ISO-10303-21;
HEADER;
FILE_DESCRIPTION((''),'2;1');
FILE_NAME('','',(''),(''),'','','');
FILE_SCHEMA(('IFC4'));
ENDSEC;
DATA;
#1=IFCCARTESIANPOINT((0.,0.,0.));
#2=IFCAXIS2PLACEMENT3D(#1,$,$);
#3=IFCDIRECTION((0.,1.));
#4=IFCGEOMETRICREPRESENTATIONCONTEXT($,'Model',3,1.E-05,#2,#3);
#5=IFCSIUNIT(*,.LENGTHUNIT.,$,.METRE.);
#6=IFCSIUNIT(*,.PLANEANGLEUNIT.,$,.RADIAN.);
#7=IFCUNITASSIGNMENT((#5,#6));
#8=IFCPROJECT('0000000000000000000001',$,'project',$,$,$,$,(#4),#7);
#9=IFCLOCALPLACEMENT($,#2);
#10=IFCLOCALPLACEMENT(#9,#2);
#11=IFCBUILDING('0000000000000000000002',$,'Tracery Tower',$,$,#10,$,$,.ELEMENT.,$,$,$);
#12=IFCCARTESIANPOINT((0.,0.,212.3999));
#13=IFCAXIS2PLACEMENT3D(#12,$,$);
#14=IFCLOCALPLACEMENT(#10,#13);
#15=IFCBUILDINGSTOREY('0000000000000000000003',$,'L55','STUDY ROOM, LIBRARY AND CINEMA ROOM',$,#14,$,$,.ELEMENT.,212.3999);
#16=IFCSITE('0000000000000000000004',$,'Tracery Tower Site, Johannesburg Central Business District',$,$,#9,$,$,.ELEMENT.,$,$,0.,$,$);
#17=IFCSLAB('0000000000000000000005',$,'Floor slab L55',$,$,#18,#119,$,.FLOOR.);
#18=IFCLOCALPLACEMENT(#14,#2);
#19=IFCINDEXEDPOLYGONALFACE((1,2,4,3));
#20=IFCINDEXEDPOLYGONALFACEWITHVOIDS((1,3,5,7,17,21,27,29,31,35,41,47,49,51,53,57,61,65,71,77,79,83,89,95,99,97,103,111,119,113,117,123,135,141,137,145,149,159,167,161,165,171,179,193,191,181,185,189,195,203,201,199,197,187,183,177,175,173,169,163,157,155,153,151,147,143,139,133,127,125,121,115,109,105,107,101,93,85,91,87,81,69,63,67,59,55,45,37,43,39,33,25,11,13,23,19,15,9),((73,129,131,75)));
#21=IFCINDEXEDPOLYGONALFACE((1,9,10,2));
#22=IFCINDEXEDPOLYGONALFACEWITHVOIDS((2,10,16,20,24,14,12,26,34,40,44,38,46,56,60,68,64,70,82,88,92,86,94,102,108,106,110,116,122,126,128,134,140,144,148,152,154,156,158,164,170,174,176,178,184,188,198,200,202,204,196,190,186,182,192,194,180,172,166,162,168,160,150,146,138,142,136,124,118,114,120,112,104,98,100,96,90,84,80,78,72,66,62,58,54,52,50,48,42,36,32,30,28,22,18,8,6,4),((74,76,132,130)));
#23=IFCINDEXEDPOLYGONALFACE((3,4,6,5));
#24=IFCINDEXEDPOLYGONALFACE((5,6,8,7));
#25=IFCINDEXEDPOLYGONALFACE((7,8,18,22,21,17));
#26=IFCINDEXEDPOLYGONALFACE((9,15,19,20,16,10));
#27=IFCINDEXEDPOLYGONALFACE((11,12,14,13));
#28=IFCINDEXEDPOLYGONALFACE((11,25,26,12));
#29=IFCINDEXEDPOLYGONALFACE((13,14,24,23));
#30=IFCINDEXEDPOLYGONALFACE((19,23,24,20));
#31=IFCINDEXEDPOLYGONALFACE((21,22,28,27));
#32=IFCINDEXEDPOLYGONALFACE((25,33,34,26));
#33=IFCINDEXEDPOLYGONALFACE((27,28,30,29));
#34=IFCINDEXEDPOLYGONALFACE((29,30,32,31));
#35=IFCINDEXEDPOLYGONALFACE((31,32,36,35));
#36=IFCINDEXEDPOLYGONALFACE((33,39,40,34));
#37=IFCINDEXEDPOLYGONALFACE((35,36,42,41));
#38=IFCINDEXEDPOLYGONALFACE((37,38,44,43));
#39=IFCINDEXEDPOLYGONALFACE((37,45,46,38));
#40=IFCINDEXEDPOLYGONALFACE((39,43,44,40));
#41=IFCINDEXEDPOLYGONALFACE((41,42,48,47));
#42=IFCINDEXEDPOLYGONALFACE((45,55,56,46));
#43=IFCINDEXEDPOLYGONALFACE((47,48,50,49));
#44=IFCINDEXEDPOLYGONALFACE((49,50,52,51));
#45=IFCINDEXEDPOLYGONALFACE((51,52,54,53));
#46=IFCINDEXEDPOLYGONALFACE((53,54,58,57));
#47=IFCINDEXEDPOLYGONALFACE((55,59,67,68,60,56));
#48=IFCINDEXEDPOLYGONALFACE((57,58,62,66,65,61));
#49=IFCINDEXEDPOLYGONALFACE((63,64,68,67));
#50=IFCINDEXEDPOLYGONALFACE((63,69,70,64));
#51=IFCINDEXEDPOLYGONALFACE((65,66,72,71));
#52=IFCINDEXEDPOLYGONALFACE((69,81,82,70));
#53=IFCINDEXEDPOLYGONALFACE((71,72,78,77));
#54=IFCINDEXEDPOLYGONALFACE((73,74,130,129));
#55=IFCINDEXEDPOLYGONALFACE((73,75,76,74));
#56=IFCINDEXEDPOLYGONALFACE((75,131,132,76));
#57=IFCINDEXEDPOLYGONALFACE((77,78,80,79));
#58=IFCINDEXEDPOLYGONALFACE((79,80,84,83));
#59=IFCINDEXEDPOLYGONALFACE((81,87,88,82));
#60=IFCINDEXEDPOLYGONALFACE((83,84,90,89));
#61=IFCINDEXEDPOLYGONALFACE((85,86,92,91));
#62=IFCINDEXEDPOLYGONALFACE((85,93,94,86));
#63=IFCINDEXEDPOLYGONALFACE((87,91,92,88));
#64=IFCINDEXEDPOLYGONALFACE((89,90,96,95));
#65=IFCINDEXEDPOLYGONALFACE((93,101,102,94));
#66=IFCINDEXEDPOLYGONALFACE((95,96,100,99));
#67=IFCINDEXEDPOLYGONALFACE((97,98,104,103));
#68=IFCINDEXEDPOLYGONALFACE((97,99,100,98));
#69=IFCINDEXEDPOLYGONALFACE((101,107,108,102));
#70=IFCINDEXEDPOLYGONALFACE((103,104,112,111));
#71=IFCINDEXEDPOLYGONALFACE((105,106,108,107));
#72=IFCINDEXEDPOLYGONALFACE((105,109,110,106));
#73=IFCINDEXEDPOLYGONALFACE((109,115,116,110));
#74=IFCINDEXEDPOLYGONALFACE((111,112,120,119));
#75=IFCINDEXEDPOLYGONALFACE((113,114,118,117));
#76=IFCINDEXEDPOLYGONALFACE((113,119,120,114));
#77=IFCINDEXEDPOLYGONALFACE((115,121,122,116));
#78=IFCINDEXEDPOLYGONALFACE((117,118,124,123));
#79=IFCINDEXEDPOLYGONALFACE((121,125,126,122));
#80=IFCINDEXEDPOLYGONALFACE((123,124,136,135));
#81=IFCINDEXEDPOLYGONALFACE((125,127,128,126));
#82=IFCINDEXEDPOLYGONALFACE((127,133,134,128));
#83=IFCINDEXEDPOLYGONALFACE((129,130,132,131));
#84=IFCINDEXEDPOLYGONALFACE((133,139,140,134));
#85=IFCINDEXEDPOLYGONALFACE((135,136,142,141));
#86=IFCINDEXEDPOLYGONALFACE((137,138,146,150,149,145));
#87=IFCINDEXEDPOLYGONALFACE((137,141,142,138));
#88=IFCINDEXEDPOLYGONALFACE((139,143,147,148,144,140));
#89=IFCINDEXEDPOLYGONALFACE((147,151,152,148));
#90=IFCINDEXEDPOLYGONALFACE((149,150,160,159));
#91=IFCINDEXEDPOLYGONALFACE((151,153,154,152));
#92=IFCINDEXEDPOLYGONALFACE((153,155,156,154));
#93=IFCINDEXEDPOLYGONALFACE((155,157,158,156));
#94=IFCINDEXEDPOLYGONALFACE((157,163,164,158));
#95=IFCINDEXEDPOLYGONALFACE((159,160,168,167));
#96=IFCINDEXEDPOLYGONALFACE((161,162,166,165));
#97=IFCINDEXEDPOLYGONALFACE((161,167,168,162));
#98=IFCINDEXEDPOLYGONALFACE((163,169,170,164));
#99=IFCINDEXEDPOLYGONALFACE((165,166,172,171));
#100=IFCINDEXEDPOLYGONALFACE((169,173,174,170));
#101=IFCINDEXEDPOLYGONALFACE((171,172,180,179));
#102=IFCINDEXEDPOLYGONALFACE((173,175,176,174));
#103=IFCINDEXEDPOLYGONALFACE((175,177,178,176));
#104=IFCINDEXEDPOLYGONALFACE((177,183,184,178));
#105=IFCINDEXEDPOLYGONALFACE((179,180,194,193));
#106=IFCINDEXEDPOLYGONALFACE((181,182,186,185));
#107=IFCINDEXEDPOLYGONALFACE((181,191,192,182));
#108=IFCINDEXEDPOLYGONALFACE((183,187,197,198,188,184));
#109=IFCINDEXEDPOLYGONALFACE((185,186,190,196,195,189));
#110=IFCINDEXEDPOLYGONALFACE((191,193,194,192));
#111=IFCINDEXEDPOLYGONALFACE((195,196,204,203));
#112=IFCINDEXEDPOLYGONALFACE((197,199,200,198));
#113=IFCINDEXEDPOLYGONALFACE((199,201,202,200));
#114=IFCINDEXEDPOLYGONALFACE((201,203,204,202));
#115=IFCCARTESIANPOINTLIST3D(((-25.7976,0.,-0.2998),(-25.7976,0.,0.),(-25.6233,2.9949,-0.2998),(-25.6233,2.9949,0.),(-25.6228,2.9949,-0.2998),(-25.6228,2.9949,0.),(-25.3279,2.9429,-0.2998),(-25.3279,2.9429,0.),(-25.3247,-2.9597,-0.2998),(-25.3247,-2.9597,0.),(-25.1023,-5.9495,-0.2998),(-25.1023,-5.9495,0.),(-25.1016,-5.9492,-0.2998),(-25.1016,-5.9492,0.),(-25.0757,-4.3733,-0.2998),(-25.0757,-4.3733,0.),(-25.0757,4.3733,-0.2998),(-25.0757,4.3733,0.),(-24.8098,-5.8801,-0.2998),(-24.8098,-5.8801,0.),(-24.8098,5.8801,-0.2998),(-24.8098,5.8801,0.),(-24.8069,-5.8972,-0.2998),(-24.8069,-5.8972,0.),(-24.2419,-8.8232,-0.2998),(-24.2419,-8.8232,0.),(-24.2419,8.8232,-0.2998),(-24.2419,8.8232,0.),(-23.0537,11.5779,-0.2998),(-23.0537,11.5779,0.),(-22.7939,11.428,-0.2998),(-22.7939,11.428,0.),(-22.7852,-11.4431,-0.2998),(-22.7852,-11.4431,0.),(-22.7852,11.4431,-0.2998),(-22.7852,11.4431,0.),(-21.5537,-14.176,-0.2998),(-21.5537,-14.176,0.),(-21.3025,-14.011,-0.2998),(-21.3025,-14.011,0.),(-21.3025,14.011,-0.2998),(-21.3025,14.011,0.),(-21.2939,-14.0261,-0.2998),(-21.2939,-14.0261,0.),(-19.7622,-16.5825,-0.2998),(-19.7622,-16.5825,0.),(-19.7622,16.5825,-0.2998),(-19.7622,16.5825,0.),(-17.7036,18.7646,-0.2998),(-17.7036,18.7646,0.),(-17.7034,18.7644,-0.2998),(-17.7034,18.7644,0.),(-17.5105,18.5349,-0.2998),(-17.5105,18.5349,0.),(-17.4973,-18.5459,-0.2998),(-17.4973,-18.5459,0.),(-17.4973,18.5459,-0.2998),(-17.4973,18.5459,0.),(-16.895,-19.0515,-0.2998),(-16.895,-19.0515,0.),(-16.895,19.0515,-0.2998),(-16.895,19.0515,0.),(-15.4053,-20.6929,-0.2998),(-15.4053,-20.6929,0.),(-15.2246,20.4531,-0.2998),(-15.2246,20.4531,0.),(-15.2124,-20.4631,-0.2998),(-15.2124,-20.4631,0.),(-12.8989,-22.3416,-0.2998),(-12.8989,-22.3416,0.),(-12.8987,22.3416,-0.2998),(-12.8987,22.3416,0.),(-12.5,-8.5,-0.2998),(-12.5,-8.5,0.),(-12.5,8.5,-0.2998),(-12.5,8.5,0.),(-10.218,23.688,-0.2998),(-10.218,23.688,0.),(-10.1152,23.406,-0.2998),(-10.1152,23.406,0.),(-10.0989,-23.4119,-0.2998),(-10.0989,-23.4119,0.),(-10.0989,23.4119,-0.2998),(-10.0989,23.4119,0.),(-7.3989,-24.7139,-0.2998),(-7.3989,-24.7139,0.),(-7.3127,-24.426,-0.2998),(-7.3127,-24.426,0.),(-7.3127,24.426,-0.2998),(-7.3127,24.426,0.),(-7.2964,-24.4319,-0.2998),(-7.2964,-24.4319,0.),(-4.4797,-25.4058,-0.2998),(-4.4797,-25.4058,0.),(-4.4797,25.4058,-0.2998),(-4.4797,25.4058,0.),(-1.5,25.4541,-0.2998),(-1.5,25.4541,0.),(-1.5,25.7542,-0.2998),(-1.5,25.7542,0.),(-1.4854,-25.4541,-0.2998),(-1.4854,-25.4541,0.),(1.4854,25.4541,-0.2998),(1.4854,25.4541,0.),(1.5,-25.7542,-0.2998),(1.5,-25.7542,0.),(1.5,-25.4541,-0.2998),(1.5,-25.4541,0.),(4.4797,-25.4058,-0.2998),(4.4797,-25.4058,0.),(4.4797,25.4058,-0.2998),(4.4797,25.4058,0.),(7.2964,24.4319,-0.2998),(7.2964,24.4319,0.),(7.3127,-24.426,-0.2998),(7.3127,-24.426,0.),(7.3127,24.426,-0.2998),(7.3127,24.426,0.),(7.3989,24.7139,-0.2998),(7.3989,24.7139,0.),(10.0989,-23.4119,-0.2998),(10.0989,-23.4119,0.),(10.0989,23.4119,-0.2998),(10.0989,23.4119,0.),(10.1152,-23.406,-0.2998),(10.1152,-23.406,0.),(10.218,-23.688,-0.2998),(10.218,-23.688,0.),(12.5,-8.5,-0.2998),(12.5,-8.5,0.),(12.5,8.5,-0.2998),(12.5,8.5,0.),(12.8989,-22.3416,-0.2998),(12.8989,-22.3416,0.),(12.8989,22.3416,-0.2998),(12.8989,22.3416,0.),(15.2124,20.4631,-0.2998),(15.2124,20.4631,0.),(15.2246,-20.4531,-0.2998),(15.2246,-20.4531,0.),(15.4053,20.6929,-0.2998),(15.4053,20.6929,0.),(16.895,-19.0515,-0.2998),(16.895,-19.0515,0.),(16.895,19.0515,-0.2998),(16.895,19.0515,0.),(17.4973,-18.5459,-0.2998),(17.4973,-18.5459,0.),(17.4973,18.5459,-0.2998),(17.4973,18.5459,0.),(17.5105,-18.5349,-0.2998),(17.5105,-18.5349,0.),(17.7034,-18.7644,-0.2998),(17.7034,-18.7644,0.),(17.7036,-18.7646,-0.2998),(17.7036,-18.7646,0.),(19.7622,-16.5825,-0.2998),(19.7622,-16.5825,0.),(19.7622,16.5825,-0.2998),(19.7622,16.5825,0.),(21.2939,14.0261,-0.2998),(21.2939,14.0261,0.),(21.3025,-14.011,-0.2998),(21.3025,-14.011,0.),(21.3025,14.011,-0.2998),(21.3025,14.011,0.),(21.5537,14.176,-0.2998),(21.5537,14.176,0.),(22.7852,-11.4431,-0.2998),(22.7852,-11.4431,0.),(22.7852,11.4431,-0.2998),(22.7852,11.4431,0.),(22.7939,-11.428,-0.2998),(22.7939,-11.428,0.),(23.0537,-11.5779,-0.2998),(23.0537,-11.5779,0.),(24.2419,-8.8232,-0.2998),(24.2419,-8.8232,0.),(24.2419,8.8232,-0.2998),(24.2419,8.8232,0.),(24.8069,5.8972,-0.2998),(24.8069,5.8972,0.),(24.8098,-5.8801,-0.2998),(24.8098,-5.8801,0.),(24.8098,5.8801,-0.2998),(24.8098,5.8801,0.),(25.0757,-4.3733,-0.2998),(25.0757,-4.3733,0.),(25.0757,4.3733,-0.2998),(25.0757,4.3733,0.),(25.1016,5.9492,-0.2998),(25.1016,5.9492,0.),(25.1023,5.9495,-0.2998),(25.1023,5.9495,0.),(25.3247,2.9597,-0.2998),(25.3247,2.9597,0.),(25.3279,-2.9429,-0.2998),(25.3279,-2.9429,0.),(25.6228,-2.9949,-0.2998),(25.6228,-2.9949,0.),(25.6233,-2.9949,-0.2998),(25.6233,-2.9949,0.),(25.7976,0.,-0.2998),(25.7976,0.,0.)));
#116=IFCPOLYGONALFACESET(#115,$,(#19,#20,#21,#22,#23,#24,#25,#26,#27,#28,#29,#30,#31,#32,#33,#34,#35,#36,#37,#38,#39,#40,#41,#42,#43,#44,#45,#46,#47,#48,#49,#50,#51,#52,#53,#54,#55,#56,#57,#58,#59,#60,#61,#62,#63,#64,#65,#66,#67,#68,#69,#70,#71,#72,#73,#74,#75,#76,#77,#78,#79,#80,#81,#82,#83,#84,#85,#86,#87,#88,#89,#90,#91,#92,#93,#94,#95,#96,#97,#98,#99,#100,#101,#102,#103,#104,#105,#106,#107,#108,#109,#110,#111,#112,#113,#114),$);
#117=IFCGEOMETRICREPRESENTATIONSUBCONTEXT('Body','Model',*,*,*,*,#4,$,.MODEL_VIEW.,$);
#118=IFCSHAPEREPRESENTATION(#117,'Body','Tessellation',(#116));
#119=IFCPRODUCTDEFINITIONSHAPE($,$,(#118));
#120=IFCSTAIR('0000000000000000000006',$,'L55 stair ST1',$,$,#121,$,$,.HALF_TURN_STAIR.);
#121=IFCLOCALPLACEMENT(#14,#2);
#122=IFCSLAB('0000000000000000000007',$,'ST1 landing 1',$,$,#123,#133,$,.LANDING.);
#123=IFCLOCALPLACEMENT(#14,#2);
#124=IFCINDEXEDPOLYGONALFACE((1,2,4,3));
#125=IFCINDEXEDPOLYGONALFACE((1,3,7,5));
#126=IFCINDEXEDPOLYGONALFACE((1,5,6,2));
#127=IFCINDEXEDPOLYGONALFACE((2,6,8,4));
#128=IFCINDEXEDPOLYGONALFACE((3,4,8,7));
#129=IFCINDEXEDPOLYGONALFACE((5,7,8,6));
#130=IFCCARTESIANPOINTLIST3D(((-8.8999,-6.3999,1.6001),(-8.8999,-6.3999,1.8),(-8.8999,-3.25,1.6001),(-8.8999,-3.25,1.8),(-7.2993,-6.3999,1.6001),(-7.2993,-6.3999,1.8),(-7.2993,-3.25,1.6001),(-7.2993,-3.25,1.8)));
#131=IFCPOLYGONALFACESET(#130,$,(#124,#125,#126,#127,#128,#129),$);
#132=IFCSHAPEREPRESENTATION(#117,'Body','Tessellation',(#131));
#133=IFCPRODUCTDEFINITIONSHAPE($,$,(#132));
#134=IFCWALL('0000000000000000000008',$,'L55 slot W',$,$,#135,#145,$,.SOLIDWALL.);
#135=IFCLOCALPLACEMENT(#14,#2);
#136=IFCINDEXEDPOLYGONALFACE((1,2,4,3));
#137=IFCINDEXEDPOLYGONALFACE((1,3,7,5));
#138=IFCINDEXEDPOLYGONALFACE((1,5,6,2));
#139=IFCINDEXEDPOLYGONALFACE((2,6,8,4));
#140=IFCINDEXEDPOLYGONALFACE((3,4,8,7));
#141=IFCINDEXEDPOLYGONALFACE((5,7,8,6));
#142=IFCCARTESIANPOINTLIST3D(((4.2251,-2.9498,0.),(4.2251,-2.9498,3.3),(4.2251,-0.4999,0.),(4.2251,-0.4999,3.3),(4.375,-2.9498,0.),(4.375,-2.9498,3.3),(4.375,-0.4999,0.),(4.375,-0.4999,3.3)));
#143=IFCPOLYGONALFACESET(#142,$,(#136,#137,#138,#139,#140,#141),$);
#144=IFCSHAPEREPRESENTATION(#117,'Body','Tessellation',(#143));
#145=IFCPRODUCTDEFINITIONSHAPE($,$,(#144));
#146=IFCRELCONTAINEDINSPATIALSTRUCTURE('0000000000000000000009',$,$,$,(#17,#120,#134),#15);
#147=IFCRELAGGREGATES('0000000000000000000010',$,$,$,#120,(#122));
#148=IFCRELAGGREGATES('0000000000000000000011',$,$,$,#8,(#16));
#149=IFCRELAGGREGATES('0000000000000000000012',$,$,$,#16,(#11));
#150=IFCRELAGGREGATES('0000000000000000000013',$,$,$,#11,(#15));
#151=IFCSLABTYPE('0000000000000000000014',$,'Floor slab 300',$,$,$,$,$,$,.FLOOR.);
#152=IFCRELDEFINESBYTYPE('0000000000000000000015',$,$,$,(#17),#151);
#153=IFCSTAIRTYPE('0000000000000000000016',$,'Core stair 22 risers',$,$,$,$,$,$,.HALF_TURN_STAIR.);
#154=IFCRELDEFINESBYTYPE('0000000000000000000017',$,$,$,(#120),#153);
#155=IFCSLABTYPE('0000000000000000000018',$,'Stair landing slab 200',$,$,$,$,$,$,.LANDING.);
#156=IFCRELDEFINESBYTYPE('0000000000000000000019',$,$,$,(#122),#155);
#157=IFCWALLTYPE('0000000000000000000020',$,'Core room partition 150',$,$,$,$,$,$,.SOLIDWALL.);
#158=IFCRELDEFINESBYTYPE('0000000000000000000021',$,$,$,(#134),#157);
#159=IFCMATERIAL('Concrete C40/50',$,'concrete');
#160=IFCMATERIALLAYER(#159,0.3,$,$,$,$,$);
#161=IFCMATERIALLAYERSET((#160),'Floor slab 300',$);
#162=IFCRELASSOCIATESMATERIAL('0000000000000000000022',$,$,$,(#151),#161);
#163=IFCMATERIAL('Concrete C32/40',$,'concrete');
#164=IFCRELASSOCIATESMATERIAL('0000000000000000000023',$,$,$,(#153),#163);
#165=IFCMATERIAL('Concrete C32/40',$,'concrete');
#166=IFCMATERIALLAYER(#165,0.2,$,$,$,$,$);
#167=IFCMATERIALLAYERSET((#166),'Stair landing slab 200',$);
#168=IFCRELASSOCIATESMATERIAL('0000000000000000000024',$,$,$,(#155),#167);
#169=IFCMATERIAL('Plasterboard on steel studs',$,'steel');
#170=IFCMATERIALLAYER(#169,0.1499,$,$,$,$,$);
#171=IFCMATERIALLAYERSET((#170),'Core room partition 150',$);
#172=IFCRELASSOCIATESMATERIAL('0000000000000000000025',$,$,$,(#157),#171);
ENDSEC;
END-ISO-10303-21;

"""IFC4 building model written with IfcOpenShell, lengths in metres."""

from ifc_helpers import new_model, si_unit, direction, frame, frame_2d, origin, place, context, subcontext, project, spatial, polyline, rectangle, outline, extrude, material, layer, layer_set, type_object, element, aggregate, save


model = new_model("IFC4")

# Units and contexts
model_context = context("Model", 3, precision=1e-05, world=origin(), true_north=direction((0.0, 1.0)))
body_context = subcontext(model_context, "Body", "Model", "MODEL_VIEW")
ifc_project = project(units=[si_unit("LENGTHUNIT", "METRE"), si_unit("PLANEANGLEUNIT", "RADIAN")], contexts=[model_context])

# Site, building, storey
site_placement = place(None, origin())
site = spatial("IfcSite", under=ifc_project, at=site_placement, Name="Tracery Tower Site, Johannesburg Central Business District", CompositionType="ELEMENT", RefElevation=0.0)
building_placement = place(site_placement, origin())
building = spatial("IfcBuilding", under=site, at=building_placement, Name="Tracery Tower", CompositionType="ELEMENT")
storey_placement = place(building_placement, frame((0.0, 0.0, 212.3999)))
storey = spatial("IfcBuildingStorey", under=building, at=storey_placement, Name="L55", Description="STUDY ROOM, LIBRARY AND CINEMA ROOM", CompositionType="ELEMENT", Elevation=212.3999)

# Slab
ifc_material_1 = material(Name="Concrete C40/50", Category="concrete")
ifc_layer_1 = layer(ifc_material_1, 0.3)
ifc_layer_set_1 = layer_set([ifc_layer_1], Name="Floor slab 300")
slab_type_1 = type_object("IfcSlabType", Name="Floor slab 300", PredefinedType="FLOOR", material=ifc_layer_set_1)
slab_1_placement = place(storey_placement, frame((0.0, 0.0, -0.2998)))
element("IfcSlab", 1, at=slab_1_placement, inside=storey, type_object=slab_type_1, Name="Floor slab L55", PredefinedType="FLOOR", context=body_context, shape_type="SweptSolid", body=[
    extrude(outline(polyline([(25.3247, 2.9597), (25.0757, 4.3733), (24.8098, 5.8801), (24.8098, 5.8801), (24.8069, 5.8972), (25.1016, 5.9492), (25.1023, 5.9495), (24.2419, 8.8232), (22.7852, 11.4431), (21.3025, 14.011), (21.3025, 14.011), (21.2939, 14.0261), (21.5537, 14.176), (21.5537, 14.176), (19.7622, 16.5825), (17.4973, 18.5459), (16.895, 19.0515), (15.2124, 20.4631), (15.4053, 20.6929), (12.8989, 22.3416), (10.0989, 23.4119), (7.3127, 24.426), (7.3127, 24.426), (7.2964, 24.4319), (7.3989, 24.7139), (4.4797, 25.4058), (1.4854, 25.4541), (-1.5, 25.4541), (-1.5, 25.7542), (-4.4797, 25.4058), (-7.3127, 24.426), (-10.0989, 23.4119), (-10.0989, 23.4119), (-10.1152, 23.406), (-10.218, 23.688), (-12.8987, 22.3416), (-15.2246, 20.4531), (-16.895, 19.0515), (-17.4973, 18.5459), (-17.4973, 18.5459), (-17.5105, 18.5349), (-17.7034, 18.7644), (-17.7036, 18.7646), (-19.7622, 16.5825), (-21.3025, 14.011), (-22.7852, 11.4431), (-22.7852, 11.4431), (-22.7939, 11.428), (-23.0537, 11.5779), (-23.0537, 11.5779), (-24.2419, 8.8232), (-24.8098, 5.8801), (-25.0757, 4.3733), (-25.3279, 2.9429), (-25.6228, 2.9949), (-25.6233, 2.9949), (-25.7976, 0.0), (-25.3247, -2.9597), (-25.0757, -4.3733), (-24.8098, -5.8801), (-24.8098, -5.8801), (-24.8069, -5.8972), (-25.1016, -5.9492), (-25.1023, -5.9495), (-24.2419, -8.8232), (-22.7852, -11.4431), (-21.3025, -14.011), (-21.3025, -14.011), (-21.2939, -14.0261), (-21.5537, -14.176), (-21.5537, -14.176), (-19.7622, -16.5825), (-17.4973, -18.5459), (-16.895, -19.0515), (-15.2124, -20.4631), (-15.4053, -20.6929), (-12.8989, -22.3416), (-10.0989, -23.4119), (-7.3127, -24.426), (-7.3127, -24.426), (-7.2964, -24.4319), (-7.3989, -24.7139), (-4.4797, -25.4058), (-1.4854, -25.4541), (1.5, -25.4541), (1.5, -25.7542), (4.4797, -25.4058), (7.3127, -24.426), (10.0989, -23.4119), (10.0989, -23.4119), (10.1152, -23.406), (10.218, -23.688), (12.8989, -22.3416), (15.2246, -20.4531), (16.895, -19.0515), (17.4973, -18.5459), (17.4973, -18.5459), (17.5105, -18.5349), (17.7034, -18.7644), (17.7036, -18.7646), (19.7622, -16.5825), (21.3025, -14.011), (22.7852, -11.4431), (22.7852, -11.4431), (22.7939, -11.428), (23.0537, -11.5779), (23.0537, -11.5779), (24.2419, -8.8232), (24.8098, -5.8801), (25.0757, -4.3733), (25.3279, -2.9429), (25.6228, -2.9949), (25.6233, -2.9949), (25.7976, 0.0), (25.3247, 2.9597)]), holes=[polyline([(-12.5, -8.5), (12.5, -8.5), (12.5, 8.5), (-12.5, 8.5), (-12.5, -8.5)])]), origin(), (0.0, 0.0, 1.0), 0.2998),
])

# Stair, slab
ifc_material_2 = material(Name="Concrete C32/40", Category="concrete")
stair_type = type_object("IfcStairType", Name="Core stair 22 risers", PredefinedType="HALF_TURN_STAIR", material=ifc_material_2)
stair_1_placement = place(storey_placement, origin())
stair_1 = element("IfcStair", 2, at=stair_1_placement, inside=storey, type_object=stair_type, Name="L55 stair ST1", PredefinedType="HALF_TURN_STAIR")
ifc_material_3 = material(Name="Concrete C32/40", Category="concrete")
ifc_layer_2 = layer(ifc_material_3, 0.2)
ifc_layer_set_2 = layer_set([ifc_layer_2], Name="Stair landing slab 200")
slab_type_2 = type_object("IfcSlabType", Name="Stair landing slab 200", PredefinedType="LANDING", material=ifc_layer_set_2)
slab_2_placement = place(storey_placement, frame((0.0, 0.0, 1.6001)))
slab_2 = element("IfcSlab", 3, at=slab_2_placement, type_object=slab_type_2, Name="ST1 landing 1", PredefinedType="LANDING", context=body_context, shape_type="SweptSolid", body=[
    extrude(outline(polyline([(-7.2993, -3.25), (-8.8999, -3.25), (-8.8999, -6.3999), (-7.2993, -6.3999), (-7.2993, -3.25)])), origin(), (0.0, 0.0, 1.0), 0.2),
])
aggregate(stair_1, [slab_2])

# Wall
ifc_material_4 = material(Name="Plasterboard on steel studs", Category="steel")
ifc_layer_3 = layer(ifc_material_4, 0.1499)
ifc_layer_set_3 = layer_set([ifc_layer_3], Name="Core room partition 150")
wall_type_1 = type_object("IfcWallType", Name="Core room partition 150", PredefinedType="SOLIDWALL", material=ifc_layer_set_3)
wall_1_placement = place(storey_placement, frame((4.3, -2.95, 0.0), z_axis=(0.0, 0.0, 1.0), x_axis=(0.0, 1.0, 0.0)))
element("IfcWall", 4, at=wall_1_placement, inside=storey, type_object=wall_type_1, Name="L55 slot W", PredefinedType="SOLIDWALL", context=body_context, shape_type="SweptSolid", body=[
    extrude(rectangle(XDim=2.45, YDim=0.1499, at=frame_2d((1.2251, 0.0))), origin(), (0.0, 0.0, 1.0), 3.3),
])

save(model, "model.ifc")
